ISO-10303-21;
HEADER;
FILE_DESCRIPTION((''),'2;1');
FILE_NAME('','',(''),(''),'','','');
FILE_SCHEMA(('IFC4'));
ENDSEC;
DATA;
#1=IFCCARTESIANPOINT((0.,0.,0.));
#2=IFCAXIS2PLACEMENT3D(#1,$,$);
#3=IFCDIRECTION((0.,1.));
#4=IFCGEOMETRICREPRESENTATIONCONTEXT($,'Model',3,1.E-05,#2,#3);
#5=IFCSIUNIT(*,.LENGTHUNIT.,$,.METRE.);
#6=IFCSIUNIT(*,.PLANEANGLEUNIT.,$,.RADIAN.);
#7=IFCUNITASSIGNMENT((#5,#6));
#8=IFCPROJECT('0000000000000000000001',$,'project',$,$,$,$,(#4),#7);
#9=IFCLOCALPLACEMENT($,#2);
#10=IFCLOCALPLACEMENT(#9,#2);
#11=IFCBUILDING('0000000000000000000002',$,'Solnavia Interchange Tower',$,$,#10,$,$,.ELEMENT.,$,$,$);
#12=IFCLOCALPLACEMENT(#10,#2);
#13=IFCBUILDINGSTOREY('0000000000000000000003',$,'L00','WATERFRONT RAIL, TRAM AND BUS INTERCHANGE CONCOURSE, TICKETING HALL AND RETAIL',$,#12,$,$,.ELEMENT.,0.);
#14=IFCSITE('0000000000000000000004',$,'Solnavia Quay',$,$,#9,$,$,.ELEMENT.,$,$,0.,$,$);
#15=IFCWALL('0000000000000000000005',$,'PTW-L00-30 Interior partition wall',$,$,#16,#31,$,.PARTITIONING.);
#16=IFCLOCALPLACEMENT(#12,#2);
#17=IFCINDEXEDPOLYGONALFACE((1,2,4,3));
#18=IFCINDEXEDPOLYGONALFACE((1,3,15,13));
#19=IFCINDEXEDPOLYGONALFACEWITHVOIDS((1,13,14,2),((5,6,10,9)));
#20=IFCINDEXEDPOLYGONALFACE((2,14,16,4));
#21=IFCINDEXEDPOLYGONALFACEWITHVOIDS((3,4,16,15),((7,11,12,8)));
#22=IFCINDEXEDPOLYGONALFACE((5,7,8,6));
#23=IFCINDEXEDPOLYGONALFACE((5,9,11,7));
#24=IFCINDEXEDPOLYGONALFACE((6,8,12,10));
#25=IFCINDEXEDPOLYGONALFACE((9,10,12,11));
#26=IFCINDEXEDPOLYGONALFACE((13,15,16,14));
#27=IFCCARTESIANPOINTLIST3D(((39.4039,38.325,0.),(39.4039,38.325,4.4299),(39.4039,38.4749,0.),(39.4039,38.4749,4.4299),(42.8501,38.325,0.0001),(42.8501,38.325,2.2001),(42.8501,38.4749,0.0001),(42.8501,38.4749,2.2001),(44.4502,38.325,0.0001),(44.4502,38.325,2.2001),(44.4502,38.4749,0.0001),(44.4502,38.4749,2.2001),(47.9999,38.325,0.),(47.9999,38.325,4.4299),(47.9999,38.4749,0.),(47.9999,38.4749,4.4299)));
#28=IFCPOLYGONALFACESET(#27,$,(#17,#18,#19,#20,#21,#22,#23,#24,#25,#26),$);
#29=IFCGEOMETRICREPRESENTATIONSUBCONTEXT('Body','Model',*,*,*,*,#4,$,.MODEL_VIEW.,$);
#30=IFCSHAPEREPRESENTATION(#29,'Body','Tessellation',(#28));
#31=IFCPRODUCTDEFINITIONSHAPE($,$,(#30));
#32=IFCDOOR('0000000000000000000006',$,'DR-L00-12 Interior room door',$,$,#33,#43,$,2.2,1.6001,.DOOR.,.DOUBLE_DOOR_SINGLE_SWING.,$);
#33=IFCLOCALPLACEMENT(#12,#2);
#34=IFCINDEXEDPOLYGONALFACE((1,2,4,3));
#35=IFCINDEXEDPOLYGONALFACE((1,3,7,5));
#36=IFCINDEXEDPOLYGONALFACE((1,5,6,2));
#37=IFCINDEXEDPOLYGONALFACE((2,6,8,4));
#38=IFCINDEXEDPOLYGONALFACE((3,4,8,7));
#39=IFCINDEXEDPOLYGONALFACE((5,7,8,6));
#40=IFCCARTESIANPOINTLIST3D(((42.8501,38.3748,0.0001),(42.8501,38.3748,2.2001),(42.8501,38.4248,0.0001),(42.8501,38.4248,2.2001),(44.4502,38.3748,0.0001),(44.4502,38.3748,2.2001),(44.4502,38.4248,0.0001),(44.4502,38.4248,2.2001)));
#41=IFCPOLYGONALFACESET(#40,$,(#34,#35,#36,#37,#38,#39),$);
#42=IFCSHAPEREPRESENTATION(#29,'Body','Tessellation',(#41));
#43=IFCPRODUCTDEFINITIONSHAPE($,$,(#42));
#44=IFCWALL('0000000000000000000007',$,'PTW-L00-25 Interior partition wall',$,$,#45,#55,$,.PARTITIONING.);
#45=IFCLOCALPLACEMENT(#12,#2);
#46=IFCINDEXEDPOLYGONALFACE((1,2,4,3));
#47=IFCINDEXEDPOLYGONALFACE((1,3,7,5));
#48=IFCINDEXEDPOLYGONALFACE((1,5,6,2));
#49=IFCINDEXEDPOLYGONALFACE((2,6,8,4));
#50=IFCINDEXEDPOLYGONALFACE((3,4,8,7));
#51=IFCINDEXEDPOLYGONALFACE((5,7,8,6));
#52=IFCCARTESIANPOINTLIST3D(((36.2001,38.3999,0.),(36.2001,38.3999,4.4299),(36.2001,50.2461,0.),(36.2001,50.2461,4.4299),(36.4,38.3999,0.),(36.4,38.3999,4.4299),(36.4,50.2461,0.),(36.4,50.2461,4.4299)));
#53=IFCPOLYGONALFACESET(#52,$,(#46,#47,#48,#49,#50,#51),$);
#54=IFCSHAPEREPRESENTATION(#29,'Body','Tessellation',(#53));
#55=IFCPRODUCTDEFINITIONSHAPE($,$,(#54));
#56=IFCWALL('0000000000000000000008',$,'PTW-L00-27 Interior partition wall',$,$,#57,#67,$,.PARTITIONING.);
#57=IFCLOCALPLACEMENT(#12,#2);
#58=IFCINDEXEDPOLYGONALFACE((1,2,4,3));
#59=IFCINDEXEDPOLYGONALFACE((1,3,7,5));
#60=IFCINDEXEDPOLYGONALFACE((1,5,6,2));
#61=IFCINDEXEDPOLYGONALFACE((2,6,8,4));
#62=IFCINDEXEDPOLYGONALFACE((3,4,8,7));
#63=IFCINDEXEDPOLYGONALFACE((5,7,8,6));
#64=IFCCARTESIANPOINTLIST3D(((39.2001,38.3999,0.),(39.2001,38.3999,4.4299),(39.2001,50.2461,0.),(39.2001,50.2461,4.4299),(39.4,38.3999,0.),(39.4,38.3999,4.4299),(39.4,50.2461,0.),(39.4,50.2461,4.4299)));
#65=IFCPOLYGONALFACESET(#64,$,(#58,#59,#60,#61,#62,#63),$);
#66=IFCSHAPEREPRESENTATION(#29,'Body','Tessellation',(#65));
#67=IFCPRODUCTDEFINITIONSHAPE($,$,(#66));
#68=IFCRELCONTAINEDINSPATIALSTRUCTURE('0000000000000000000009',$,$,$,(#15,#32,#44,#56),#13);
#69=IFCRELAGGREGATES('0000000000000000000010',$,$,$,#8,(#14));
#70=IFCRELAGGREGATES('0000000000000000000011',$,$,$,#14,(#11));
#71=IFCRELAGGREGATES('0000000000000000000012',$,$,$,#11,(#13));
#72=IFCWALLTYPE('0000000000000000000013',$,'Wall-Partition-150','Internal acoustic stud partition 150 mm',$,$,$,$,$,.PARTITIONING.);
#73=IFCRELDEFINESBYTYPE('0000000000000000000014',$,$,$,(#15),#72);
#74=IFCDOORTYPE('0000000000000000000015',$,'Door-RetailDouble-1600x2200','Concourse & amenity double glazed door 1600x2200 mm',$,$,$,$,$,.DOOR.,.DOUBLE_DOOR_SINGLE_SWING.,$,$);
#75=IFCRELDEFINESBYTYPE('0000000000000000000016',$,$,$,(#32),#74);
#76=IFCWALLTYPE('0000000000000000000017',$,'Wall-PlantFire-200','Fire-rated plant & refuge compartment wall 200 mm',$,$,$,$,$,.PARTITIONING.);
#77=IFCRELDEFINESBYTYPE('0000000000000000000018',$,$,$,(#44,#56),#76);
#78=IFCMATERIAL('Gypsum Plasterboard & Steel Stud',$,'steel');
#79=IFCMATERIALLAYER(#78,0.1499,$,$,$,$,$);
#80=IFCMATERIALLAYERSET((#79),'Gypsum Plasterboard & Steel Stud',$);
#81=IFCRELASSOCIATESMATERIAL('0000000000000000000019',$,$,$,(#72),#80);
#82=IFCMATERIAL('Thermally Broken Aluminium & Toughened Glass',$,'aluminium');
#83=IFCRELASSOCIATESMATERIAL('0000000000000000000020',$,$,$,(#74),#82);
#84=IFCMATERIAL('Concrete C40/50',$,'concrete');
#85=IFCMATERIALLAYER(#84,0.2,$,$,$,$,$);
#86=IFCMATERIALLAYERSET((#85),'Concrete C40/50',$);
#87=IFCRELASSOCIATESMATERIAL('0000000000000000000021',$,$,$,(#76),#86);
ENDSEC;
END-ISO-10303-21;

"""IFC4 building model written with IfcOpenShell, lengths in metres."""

from ifc_helpers import new_model, si_unit, direction, frame, frame_2d, origin, place, context, subcontext, project, spatial, rectangle, extrude, material, layer, layer_set, type_object, element, fill, save


model = new_model("IFC4")

# Units and contexts
model_context = context("Model", 3, precision=1e-05, world=origin(), true_north=direction((0.0, 1.0)))
body_context = subcontext(model_context, "Body", "Model", "MODEL_VIEW")
ifc_project = project(units=[si_unit("LENGTHUNIT", "METRE"), si_unit("PLANEANGLEUNIT", "RADIAN")], contexts=[model_context])

# Site, building, storey
site_placement = place(None, origin())
site = spatial("IfcSite", under=ifc_project, at=site_placement, Name="Solnavia Quay", CompositionType="ELEMENT", RefElevation=0.0)
building_placement = place(site_placement, origin())
building = spatial("IfcBuilding", under=site, at=building_placement, Name="Solnavia Interchange Tower", CompositionType="ELEMENT")
storey_placement = place(building_placement, origin())
storey = spatial("IfcBuildingStorey", under=building, at=storey_placement, Name="L00", Description="WATERFRONT RAIL, TRAM AND BUS INTERCHANGE CONCOURSE, TICKETING HALL AND RETAIL", CompositionType="ELEMENT", Elevation=0.0)

# Wall, opening, door
ifc_material_1 = material(Name="Gypsum Plasterboard & Steel Stud", Category="steel")
ifc_layer_1 = layer(ifc_material_1, 0.1499)
ifc_layer_set_1 = layer_set([ifc_layer_1], Name="Gypsum Plasterboard & Steel Stud")
wall_type_1 = type_object("IfcWallType", Name="Wall-Partition-150", Description="Internal acoustic stud partition 150 mm", PredefinedType="PARTITIONING", material=ifc_layer_set_1)
wall_placement = place(storey_placement, frame((39.4041, 38.3999, 0.0), z_axis=(0.0, 0.0, 1.0), x_axis=(1.0, 0.0, 0.0)))
wall = element("IfcWall", 1, at=wall_placement, inside=storey, type_object=wall_type_1, Name="PTW-L00-30 Interior partition wall", PredefinedType="PARTITIONING", context=body_context, shape_type="SweptSolid", body=[
    extrude(rectangle(XDim=8.5959, YDim=0.1499, at=frame_2d((4.2979, 0.0))), origin(), (0.0, 0.0, 1.0), 4.4299),
])
opening_placement = place(wall_placement, frame((3.446, 0.0, 0.0)))
opening = element("IfcOpeningElement", 2, at=opening_placement, cuts=wall, PredefinedType="OPENING", context=body_context, shape_type="SweptSolid", body=[
    extrude(rectangle(XDim=1.6001, YDim=2.2, at=frame_2d((0.8, 1.1001))), frame((0.0, 0.085, 0.0), z_axis=(0.0, -1.0, 0.0), x_axis=(1.0, 0.0, 0.0)), (0.0, 0.0, 1.0), 0.1699),
])
ifc_material_2 = material(Name="Thermally Broken Aluminium & Toughened Glass", Category="aluminium")
door_type = type_object("IfcDoorType", Name="Door-RetailDouble-1600x2200", Description="Concourse & amenity double glazed door 1600x2200 mm", OperationType="DOUBLE_DOOR_SINGLE_SWING", PredefinedType="DOOR", material=ifc_material_2)
door_placement = place(opening_placement, origin())
door = element("IfcDoor", 3, at=door_placement, inside=storey, type_object=door_type, Name="DR-L00-12 Interior room door", OperationType="DOUBLE_DOOR_SINGLE_SWING", OverallHeight=2.2, OverallWidth=1.6001, PredefinedType="DOOR", context=body_context, shape_type="SweptSolid", body=[
    extrude(rectangle(XDim=1.6001, YDim=2.2, at=frame_2d((0.8, 1.1001))), frame((0.0, 0.0249, 0.0), z_axis=(0.0, -1.0, 0.0), x_axis=(1.0, 0.0, 0.0)), (0.0, 0.0, 1.0), 0.05),
])
fill(opening, door)

# Walls
ifc_material_3 = material(Name="Concrete C40/50", Category="concrete")
ifc_layer_2 = layer(ifc_material_3, 0.2)
ifc_layer_set_2 = layer_set([ifc_layer_2], Name="Concrete C40/50")
wall_type_2 = type_object("IfcWallType", Name="Wall-PlantFire-200", Description="Fire-rated plant & refuge compartment wall 200 mm", PredefinedType="PARTITIONING", material=ifc_layer_set_2)
for number, where, z_axis, x_axis, name in (
    (4, (36.3, 38.3999, 0.0), (0.0, 0.0, 1.0), (0.0, 1.0, 0.0), "PTW-L00-25 Interior partition wall"),
    (5, (39.3, 38.3999, 0.0), (0.0, 0.0, 1.0), (0.0, 1.0, 0.0), "PTW-L00-27 Interior partition wall"),
):
    element("IfcWall", number, at=place(storey_placement, frame(where, z_axis=z_axis, x_axis=x_axis)), inside=storey, type_object=wall_type_2, Name=name, PredefinedType="PARTITIONING", context=body_context, shape_type="SweptSolid", body=[
        extrude(rectangle(XDim=11.8462, YDim=0.2, at=frame_2d((5.9231, 0.0))), origin(), (0.0, 0.0, 1.0), 4.4299),
    ])

save(model, "model.ifc")
